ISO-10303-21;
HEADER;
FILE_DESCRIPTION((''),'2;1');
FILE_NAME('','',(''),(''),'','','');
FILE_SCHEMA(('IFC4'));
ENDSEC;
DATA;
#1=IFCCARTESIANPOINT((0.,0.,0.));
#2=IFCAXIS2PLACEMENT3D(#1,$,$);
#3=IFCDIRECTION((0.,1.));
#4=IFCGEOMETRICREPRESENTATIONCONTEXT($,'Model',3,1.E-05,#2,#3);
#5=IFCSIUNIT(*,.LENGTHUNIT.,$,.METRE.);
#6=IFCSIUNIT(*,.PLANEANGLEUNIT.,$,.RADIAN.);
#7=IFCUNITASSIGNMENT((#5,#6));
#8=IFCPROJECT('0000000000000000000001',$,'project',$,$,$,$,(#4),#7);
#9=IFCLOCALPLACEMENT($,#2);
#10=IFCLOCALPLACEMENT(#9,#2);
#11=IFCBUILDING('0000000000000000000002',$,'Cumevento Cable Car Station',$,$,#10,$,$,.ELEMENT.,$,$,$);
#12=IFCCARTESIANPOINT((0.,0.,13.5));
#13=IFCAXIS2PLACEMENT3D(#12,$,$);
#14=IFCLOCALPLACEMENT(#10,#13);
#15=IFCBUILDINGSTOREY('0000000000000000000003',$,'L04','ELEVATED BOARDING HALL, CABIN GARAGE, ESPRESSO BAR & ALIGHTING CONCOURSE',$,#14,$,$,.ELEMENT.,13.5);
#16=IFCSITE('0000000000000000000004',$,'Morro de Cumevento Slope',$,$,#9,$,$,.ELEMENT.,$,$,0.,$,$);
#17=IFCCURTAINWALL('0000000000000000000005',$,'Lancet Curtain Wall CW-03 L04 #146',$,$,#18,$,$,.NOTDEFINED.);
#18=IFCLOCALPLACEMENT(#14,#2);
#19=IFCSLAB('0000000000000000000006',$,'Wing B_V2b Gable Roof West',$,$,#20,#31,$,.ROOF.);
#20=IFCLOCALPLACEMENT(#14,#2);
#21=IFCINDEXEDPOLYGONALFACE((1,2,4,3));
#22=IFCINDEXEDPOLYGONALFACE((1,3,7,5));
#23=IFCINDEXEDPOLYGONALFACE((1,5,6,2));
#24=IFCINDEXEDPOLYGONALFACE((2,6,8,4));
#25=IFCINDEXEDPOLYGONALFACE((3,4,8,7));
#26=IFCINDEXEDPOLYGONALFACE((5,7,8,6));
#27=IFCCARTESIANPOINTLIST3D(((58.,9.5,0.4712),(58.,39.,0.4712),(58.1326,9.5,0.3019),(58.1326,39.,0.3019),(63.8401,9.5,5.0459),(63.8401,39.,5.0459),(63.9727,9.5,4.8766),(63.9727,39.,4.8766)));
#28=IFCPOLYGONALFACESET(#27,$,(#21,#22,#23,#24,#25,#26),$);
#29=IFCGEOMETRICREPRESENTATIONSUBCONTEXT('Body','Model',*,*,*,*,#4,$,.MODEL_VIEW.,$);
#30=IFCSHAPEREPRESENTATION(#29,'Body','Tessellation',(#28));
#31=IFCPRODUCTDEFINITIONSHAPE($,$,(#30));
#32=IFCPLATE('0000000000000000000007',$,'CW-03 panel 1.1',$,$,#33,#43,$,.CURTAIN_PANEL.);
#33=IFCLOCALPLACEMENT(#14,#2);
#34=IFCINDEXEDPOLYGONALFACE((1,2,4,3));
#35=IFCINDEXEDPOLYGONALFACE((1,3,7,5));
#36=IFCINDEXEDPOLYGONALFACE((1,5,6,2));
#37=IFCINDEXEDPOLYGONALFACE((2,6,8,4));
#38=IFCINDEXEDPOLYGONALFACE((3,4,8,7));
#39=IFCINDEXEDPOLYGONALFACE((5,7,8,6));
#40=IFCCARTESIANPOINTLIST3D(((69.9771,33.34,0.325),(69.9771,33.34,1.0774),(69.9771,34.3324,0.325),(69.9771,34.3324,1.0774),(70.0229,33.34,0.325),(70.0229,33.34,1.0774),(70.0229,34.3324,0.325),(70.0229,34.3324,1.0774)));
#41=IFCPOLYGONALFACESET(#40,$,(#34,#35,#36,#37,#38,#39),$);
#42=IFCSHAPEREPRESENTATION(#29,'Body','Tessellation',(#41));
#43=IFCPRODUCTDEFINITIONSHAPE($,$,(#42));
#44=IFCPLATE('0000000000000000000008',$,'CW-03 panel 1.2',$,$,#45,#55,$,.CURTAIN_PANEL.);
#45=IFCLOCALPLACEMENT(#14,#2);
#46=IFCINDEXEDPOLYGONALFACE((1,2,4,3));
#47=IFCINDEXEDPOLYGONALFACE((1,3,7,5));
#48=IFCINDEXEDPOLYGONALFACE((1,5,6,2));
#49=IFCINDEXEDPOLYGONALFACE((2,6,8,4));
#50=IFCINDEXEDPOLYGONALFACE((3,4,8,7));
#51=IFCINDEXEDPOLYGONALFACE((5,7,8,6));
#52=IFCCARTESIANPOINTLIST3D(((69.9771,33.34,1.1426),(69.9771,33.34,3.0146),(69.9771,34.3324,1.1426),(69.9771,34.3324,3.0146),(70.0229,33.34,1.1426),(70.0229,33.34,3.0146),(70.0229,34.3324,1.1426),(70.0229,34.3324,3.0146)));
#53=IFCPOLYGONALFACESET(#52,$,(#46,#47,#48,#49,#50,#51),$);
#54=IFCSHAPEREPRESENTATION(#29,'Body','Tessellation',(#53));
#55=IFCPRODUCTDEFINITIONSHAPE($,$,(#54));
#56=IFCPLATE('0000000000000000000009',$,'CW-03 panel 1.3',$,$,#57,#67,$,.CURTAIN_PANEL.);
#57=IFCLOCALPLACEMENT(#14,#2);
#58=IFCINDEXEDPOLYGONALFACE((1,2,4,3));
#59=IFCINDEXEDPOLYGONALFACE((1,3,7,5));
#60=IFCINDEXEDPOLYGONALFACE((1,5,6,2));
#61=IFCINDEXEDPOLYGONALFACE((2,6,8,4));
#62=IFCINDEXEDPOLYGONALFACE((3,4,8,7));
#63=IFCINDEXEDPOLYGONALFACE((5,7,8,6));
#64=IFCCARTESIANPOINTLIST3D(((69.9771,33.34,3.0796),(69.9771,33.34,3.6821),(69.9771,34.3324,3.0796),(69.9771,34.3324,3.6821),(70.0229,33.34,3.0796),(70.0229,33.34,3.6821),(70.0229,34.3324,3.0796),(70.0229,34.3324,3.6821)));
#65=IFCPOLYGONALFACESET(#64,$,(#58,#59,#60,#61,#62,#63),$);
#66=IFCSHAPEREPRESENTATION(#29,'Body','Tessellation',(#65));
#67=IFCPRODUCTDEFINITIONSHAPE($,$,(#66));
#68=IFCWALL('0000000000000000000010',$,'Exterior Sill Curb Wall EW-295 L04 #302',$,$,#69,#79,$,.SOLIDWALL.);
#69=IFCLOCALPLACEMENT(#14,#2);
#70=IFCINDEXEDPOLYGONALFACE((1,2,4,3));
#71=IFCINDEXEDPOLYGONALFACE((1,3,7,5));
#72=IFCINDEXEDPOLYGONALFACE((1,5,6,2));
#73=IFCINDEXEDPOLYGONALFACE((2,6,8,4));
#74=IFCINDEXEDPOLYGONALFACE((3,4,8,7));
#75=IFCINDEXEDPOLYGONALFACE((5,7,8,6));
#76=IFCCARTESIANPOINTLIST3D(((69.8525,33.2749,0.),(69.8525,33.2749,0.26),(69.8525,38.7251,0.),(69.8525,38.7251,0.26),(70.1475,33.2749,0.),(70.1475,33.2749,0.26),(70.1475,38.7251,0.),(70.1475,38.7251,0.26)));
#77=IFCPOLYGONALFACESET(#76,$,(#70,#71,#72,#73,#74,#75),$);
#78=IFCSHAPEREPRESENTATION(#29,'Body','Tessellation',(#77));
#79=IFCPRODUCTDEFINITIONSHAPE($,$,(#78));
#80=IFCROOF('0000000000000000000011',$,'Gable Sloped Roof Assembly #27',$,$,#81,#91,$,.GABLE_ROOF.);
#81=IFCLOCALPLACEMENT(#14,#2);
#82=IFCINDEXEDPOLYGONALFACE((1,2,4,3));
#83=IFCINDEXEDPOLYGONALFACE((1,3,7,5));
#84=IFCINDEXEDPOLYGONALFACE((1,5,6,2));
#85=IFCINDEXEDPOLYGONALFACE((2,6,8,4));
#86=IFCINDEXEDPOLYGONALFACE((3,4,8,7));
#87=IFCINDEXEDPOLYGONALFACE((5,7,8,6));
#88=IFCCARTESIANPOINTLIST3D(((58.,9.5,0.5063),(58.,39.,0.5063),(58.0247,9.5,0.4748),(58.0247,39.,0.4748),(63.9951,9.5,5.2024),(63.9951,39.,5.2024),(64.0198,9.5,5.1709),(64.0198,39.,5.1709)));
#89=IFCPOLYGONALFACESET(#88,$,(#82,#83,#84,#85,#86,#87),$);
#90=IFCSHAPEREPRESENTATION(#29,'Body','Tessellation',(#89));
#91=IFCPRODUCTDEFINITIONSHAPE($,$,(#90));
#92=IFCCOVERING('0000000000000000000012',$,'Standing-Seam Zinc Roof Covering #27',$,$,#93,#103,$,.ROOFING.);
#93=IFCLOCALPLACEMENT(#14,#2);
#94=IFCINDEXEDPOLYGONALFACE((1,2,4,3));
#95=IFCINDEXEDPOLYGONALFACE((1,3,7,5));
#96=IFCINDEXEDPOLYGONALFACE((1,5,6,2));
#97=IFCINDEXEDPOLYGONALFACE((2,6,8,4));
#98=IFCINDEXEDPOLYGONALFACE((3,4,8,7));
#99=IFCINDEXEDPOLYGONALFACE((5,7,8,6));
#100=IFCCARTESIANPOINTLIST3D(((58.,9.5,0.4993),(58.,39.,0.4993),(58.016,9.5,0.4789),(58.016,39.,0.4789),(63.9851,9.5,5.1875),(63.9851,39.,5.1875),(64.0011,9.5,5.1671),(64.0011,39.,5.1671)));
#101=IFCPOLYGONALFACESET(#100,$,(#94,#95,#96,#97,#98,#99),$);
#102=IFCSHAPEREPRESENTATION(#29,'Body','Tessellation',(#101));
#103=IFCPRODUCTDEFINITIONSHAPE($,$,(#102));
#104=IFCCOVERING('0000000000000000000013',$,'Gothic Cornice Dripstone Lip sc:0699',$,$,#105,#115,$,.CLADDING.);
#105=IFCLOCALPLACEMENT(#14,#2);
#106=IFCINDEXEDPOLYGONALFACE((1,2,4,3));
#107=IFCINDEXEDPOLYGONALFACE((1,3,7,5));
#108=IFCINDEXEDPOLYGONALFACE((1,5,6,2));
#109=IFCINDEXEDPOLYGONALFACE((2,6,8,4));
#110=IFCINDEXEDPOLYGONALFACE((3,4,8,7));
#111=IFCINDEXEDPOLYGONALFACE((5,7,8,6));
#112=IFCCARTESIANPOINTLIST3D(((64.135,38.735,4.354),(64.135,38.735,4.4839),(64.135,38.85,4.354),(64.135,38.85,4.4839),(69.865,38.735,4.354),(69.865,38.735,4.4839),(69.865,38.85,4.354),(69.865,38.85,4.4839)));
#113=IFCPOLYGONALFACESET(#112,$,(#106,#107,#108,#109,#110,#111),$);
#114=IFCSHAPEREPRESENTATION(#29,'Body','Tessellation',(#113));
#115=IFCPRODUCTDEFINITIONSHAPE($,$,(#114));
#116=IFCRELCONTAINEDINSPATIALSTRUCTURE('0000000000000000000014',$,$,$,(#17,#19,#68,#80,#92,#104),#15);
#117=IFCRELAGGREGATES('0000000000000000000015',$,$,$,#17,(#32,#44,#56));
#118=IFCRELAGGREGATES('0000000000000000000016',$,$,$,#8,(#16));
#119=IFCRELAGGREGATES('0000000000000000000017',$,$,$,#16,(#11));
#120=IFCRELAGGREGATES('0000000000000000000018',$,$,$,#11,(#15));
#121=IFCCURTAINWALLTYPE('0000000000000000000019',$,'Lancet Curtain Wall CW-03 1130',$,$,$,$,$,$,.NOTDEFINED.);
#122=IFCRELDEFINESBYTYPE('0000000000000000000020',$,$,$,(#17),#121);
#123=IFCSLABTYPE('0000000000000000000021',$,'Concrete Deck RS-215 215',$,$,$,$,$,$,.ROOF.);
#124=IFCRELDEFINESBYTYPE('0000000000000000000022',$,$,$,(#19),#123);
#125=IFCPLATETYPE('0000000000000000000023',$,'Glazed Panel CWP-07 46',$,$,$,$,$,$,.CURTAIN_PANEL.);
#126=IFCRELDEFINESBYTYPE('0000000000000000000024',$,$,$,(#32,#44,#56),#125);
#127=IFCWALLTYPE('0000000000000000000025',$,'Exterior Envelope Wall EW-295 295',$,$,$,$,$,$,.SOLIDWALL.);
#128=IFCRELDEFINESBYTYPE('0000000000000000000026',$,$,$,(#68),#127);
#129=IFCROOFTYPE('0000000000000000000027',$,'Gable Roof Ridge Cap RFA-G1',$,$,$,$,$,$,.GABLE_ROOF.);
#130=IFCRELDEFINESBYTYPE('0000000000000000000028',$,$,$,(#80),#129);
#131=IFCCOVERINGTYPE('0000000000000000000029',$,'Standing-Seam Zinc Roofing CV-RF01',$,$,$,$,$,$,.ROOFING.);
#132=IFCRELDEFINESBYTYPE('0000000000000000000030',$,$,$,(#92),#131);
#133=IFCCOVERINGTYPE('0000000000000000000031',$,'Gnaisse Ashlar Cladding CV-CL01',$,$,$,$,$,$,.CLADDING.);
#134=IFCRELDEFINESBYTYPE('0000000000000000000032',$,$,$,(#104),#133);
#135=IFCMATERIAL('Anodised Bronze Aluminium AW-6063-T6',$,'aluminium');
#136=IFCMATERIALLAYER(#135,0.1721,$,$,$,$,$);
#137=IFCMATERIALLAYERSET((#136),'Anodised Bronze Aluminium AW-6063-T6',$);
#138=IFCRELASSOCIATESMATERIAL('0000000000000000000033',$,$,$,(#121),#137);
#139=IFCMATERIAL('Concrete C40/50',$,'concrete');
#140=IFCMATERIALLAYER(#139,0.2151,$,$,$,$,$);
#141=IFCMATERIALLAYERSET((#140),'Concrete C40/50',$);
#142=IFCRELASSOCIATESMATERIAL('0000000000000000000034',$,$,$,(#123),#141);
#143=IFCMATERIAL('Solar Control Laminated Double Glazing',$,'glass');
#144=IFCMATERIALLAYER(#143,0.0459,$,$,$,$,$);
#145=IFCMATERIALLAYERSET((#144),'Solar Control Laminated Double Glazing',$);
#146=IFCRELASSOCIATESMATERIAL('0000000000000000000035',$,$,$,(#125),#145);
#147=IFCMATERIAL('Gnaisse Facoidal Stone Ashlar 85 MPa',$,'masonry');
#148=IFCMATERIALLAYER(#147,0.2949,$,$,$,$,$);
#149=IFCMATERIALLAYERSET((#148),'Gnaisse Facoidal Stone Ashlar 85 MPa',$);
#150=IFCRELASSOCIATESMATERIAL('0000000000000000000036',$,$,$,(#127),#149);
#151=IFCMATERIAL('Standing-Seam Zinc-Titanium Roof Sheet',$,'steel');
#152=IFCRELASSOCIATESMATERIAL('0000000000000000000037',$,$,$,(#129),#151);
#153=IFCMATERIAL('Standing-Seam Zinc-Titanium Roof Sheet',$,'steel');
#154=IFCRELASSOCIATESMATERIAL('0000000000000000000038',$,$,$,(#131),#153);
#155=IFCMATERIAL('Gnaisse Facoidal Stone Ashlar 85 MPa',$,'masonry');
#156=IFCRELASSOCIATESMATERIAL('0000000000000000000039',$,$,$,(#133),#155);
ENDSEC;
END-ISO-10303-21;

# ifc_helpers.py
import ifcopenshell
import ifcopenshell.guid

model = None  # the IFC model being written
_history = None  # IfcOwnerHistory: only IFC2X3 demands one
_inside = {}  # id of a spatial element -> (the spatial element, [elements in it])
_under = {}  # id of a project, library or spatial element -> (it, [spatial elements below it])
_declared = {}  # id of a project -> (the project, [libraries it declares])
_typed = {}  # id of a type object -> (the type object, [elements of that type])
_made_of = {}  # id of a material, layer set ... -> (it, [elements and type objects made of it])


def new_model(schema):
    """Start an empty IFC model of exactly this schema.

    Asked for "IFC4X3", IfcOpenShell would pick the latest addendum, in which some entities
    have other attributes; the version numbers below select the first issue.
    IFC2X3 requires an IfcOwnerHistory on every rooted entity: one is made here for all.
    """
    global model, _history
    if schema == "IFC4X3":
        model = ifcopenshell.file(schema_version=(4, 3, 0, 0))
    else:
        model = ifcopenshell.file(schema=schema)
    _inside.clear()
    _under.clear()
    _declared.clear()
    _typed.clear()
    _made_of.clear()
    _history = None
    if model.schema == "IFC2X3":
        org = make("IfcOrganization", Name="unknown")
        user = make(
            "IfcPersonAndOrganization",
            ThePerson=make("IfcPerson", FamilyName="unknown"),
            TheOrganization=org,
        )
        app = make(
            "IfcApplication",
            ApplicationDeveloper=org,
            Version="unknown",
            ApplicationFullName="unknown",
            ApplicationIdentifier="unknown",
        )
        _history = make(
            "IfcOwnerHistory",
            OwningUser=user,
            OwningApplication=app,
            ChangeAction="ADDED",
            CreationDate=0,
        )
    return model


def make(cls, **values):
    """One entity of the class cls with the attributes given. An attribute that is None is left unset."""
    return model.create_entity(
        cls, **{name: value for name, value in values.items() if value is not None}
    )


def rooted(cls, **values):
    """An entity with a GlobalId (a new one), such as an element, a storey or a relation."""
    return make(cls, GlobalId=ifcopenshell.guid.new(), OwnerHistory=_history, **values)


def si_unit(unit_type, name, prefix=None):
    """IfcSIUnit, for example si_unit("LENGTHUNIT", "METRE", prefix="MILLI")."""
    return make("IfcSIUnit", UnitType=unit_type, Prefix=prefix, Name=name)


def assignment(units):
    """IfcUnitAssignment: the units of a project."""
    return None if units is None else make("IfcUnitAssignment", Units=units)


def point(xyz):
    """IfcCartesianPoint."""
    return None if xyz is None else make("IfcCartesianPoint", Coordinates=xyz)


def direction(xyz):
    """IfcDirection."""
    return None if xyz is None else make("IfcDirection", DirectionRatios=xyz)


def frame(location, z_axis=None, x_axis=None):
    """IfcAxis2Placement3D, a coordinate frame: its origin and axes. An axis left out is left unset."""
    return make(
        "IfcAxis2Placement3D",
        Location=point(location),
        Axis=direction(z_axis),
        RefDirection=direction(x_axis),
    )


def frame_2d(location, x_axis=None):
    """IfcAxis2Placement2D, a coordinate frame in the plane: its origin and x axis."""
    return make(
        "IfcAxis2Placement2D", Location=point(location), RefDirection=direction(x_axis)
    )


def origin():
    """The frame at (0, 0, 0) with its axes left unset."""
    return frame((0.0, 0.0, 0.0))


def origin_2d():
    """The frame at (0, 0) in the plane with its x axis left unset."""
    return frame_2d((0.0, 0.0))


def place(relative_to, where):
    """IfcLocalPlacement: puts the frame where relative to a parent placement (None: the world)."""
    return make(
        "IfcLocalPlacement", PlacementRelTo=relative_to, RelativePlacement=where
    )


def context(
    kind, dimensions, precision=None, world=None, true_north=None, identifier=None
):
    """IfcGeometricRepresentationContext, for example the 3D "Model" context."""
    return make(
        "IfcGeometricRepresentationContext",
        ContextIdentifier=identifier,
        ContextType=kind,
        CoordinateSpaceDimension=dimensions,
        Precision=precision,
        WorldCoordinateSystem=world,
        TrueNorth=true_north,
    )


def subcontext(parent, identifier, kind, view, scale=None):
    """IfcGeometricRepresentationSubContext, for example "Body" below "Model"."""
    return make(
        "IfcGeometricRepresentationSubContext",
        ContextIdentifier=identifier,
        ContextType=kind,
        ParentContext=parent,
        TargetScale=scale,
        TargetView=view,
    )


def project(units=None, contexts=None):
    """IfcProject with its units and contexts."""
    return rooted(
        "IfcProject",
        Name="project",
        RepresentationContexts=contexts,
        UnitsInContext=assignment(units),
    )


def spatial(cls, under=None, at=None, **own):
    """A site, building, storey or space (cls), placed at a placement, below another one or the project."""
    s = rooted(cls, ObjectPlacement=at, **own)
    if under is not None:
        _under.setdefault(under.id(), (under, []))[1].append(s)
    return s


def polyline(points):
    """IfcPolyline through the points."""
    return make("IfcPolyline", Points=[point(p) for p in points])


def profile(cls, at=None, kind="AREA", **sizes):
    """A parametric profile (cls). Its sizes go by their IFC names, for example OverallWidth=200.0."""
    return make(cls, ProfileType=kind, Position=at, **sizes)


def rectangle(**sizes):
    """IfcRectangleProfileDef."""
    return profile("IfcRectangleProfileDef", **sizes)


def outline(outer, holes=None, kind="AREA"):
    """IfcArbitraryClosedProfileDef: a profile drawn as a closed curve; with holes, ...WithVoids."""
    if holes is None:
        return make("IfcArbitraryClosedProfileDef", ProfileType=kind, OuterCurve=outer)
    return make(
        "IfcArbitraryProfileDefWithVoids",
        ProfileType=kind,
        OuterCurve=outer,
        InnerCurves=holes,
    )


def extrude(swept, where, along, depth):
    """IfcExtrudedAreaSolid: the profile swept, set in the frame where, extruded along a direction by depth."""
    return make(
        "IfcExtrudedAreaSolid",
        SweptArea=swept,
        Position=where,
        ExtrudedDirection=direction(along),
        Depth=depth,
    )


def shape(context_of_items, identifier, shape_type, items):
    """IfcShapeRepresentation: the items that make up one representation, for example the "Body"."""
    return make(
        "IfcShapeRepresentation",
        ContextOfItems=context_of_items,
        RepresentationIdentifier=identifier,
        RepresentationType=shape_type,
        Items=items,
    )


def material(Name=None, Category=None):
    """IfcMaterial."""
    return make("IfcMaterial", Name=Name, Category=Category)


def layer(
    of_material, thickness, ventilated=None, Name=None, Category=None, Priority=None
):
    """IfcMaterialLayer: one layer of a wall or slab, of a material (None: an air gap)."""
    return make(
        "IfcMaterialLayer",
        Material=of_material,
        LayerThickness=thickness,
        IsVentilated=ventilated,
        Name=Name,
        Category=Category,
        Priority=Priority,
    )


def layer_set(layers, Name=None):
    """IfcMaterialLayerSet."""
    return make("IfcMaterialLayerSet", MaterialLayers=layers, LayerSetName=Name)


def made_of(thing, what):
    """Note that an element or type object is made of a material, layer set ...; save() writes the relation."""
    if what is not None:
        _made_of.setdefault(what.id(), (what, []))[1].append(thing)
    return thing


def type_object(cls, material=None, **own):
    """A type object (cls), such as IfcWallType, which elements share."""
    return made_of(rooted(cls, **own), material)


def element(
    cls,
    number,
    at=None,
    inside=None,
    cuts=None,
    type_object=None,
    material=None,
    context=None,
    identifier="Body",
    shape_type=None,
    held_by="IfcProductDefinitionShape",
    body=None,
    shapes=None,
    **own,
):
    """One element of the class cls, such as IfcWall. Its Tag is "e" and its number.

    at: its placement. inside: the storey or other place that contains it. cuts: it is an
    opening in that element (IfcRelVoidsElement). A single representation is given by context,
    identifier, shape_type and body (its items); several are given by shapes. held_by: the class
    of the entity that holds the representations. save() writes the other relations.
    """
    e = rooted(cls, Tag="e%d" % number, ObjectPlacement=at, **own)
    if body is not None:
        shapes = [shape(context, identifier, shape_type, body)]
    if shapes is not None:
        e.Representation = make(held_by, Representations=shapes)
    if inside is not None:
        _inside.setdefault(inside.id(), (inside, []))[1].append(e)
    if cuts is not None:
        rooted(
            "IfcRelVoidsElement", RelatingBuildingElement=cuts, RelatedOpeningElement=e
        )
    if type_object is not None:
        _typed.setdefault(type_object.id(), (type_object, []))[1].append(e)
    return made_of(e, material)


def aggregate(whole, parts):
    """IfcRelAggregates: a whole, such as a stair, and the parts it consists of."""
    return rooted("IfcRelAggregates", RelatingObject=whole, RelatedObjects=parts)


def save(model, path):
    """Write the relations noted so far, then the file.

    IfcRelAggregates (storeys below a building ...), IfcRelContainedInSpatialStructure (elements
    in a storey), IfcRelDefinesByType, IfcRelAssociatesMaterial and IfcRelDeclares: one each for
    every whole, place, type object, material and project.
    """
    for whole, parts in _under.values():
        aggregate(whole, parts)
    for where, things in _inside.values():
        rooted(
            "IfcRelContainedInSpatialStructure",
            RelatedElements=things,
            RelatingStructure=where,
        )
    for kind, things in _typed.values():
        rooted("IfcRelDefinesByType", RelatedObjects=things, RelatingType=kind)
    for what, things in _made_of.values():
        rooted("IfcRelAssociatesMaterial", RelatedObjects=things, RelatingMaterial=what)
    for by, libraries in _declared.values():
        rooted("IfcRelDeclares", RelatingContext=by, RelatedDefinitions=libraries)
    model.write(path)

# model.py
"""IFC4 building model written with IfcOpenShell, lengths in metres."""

from ifc_helpers import new_model, si_unit, direction, frame, frame_2d, origin, origin_2d, place, context, subcontext, project, spatial, polyline, rectangle, outline, extrude, material, layer, layer_set, type_object, element, aggregate, save


model = new_model("IFC4")

# Units and contexts
model_context = context("Model", 3, precision=1e-05, world=origin(), true_north=direction((0.0, 1.0)))
body_context = subcontext(model_context, "Body", "Model", "MODEL_VIEW")
ifc_project = project(units=[si_unit("LENGTHUNIT", "METRE"), si_unit("PLANEANGLEUNIT", "RADIAN")], contexts=[model_context])

# Site, building, storey
site_placement = place(None, origin())
site = spatial("IfcSite", under=ifc_project, at=site_placement, Name="Morro de Cumevento Slope", CompositionType="ELEMENT", RefElevation=0.0)
building_placement = place(site_placement, origin())
building = spatial("IfcBuilding", under=site, at=building_placement, Name="Cumevento Cable Car Station", CompositionType="ELEMENT")
storey_placement = place(building_placement, frame((0.0, 0.0, 13.5)))
storey = spatial("IfcBuildingStorey", under=building, at=storey_placement, Name="L04", Description="ELEVATED BOARDING HALL, CABIN GARAGE, ESPRESSO BAR & ALIGHTING CONCOURSE", CompositionType="ELEMENT", Elevation=13.5)

# Curtain wall
ifc_material_1 = material(Name="Anodised Bronze Aluminium AW-6063-T6", Category="aluminium")
ifc_layer_1 = layer(ifc_material_1, 0.1721)
ifc_layer_set_1 = layer_set([ifc_layer_1], Name="Anodised Bronze Aluminium AW-6063-T6")
curtain_wall_type = type_object("IfcCurtainWallType", Name="Lancet Curtain Wall CW-03 1130", PredefinedType="NOTDEFINED", material=ifc_layer_set_1)
curtain_wall_placement = place(storey_placement, origin())
curtain_wall = element("IfcCurtainWall", 1, at=curtain_wall_placement, inside=storey, type_object=curtain_wall_type, Name="Lancet Curtain Wall CW-03 L04 #146", PredefinedType="NOTDEFINED")

# Slab
ifc_material_2 = material(Name="Concrete C40/50", Category="concrete")
ifc_layer_2 = layer(ifc_material_2, 0.2151)
ifc_layer_set_2 = layer_set([ifc_layer_2], Name="Concrete C40/50")
slab_type = type_object("IfcSlabType", Name="Concrete Deck RS-215 215", PredefinedType="ROOF", material=ifc_layer_set_2)
slab_placement = place(storey_placement, frame((58.0, 39.0, 0.4712), z_axis=(-0.61666, 0.0, 0.78723), x_axis=(0.0, -1.0, 0.0)))
element("IfcSlab", 2, at=slab_placement, inside=storey, type_object=slab_type, Name="Wing B_V2b Gable Roof West", PredefinedType="ROOF", context=body_context, shape_type="SweptSolid", body=[
    extrude(outline(polyline([(0.0, 0.0), (29.5, 0.0), (29.5, 7.4185), (0.0, 7.4185), (0.0, 0.0)])), origin(), (0.0, 0.0, -1.0), 0.2151),
])

# Plates
ifc_material_3 = material(Name="Solar Control Laminated Double Glazing", Category="glass")
ifc_layer_3 = layer(ifc_material_3, 0.0459)
ifc_layer_set_3 = layer_set([ifc_layer_3], Name="Solar Control Laminated Double Glazing")
plate_type = type_object("IfcPlateType", Name="Glazed Panel CWP-07 46", PredefinedType="CURTAIN_PANEL", material=ifc_layer_set_3)
plate_1_placement = place(storey_placement, frame((70.0, 33.8362, 0.325), z_axis=(0.0, 0.0, 1.0), x_axis=(0.0, 1.0, 0.0)))
plate_1 = element("IfcPlate", 3, at=plate_1_placement, type_object=plate_type, Name="CW-03 panel 1.1", PredefinedType="CURTAIN_PANEL", context=body_context, shape_type="SweptSolid", body=[
    extrude(rectangle(XDim=0.9924, YDim=0.0459, at=origin_2d()), origin(), (0.0, 0.0, 1.0), 0.7524),
])
plate_2_placement = place(storey_placement, frame((70.0, 33.8362, 1.1426), z_axis=(0.0, 0.0, 1.0), x_axis=(0.0, 1.0, 0.0)))
plate_2 = element("IfcPlate", 4, at=plate_2_placement, type_object=plate_type, Name="CW-03 panel 1.2", PredefinedType="CURTAIN_PANEL", context=body_context, shape_type="SweptSolid", body=[
    extrude(rectangle(XDim=0.9924, YDim=0.0459, at=origin_2d()), origin(), (0.0, 0.0, 1.0), 1.8721),
])
plate_3_placement = place(storey_placement, frame((70.0, 33.8362, 3.0796), z_axis=(0.0, 0.0, 1.0), x_axis=(0.0, 1.0, 0.0)))
plate_3 = element("IfcPlate", 5, at=plate_3_placement, type_object=plate_type, Name="CW-03 panel 1.3", PredefinedType="CURTAIN_PANEL", context=body_context, shape_type="SweptSolid", body=[
    extrude(rectangle(XDim=0.9924, YDim=0.0459, at=origin_2d()), origin(), (0.0, 0.0, 1.0), 0.6025),
])
aggregate(curtain_wall, [plate_1, plate_2, plate_3])

# Wall
ifc_material_4 = material(Name="Gnaisse Facoidal Stone Ashlar 85 MPa", Category="masonry")
ifc_layer_4 = layer(ifc_material_4, 0.2949)
ifc_layer_set_4 = layer_set([ifc_layer_4], Name="Gnaisse Facoidal Stone Ashlar 85 MPa")
wall_type = type_object("IfcWallType", Name="Exterior Envelope Wall EW-295 295", PredefinedType="SOLIDWALL", material=ifc_layer_set_4)
wall_placement = place(storey_placement, frame((70.0, 33.2749, 0.0), z_axis=(0.0, 0.0, 1.0), x_axis=(0.0, 1.0, 0.0)))
element("IfcWall", 6, at=wall_placement, inside=storey, type_object=wall_type, Name="Exterior Sill Curb Wall EW-295 L04 #302", PredefinedType="SOLIDWALL", context=body_context, shape_type="SweptSolid", body=[
    extrude(rectangle(XDim=5.4502, YDim=0.2949, at=frame_2d((2.7251, 0.0))), origin(), (0.0, 0.0, 1.0), 0.26),
])

# Roof
ifc_material_5 = material(Name="Standing-Seam Zinc-Titanium Roof Sheet", Category="steel")
roof_type = type_object("IfcRoofType", Name="Gable Roof Ridge Cap RFA-G1", PredefinedType="GABLE_ROOF", material=ifc_material_5)
roof_placement = place(storey_placement, frame((58.0, 39.0, 0.5063), z_axis=(-0.616651, 0.0, 0.787236), x_axis=(0.0, -1.0, 0.0)))
element("IfcRoof", 7, at=roof_placement, inside=storey, type_object=roof_type, Name="Gable Sloped Roof Assembly #27", PredefinedType="GABLE_ROOF", context=body_context, shape_type="SweptSolid", body=[
    extrude(outline(polyline([(0.0, 0.0), (29.5, 0.0), (29.5, 7.6154), (0.0, 7.6154), (0.0, 0.0)])), origin(), (0.0, 0.0, -1.0), 0.04),
])

# Coverings
ifc_material_6 = material(Name="Standing-Seam Zinc-Titanium Roof Sheet", Category="steel")
covering_type_1 = type_object("IfcCoveringType", Name="Standing-Seam Zinc Roofing CV-RF01", PredefinedType="ROOFING", material=ifc_material_6)
covering_1_placement = place(storey_placement, frame((58.0, 39.0, 0.4993), z_axis=(-0.616654, 0.0, 0.787235), x_axis=(0.0, -1.0, 0.0)))
element("IfcCovering", 8, at=covering_1_placement, inside=storey, type_object=covering_type_1, Name="Standing-Seam Zinc Roof Covering #27", PredefinedType="ROOFING", context=body_context, shape_type="SweptSolid", body=[
    extrude(outline(polyline([(0.0, 0.0), (29.5, 0.0), (29.5, 7.6027), (0.0, 7.6027), (0.0, 0.0)])), origin(), (0.0, 0.0, -1.0), 0.0259),
])
ifc_material_7 = material(Name="Gnaisse Facoidal Stone Ashlar 85 MPa", Category="masonry")
covering_type_2 = type_object("IfcCoveringType", Name="Gnaisse Ashlar Cladding CV-CL01", PredefinedType="CLADDING", material=ifc_material_7)
covering_2_placement = place(storey_placement, frame((67.0, 38.7925, 4.354), z_axis=(0.0, 0.0, 1.0), x_axis=(-1.0, 0.0, 0.0)))
element("IfcCovering", 9, at=covering_2_placement, inside=storey, type_object=covering_type_2, Name="Gothic Cornice Dripstone Lip sc:0699", PredefinedType="CLADDING", context=body_context, shape_type="SweptSolid", body=[
    extrude(rectangle(XDim=5.73, YDim=0.115, at=origin_2d()), origin(), (0.0, 0.0, 1.0), 0.1299),
])

save(model, "model.ifc")
